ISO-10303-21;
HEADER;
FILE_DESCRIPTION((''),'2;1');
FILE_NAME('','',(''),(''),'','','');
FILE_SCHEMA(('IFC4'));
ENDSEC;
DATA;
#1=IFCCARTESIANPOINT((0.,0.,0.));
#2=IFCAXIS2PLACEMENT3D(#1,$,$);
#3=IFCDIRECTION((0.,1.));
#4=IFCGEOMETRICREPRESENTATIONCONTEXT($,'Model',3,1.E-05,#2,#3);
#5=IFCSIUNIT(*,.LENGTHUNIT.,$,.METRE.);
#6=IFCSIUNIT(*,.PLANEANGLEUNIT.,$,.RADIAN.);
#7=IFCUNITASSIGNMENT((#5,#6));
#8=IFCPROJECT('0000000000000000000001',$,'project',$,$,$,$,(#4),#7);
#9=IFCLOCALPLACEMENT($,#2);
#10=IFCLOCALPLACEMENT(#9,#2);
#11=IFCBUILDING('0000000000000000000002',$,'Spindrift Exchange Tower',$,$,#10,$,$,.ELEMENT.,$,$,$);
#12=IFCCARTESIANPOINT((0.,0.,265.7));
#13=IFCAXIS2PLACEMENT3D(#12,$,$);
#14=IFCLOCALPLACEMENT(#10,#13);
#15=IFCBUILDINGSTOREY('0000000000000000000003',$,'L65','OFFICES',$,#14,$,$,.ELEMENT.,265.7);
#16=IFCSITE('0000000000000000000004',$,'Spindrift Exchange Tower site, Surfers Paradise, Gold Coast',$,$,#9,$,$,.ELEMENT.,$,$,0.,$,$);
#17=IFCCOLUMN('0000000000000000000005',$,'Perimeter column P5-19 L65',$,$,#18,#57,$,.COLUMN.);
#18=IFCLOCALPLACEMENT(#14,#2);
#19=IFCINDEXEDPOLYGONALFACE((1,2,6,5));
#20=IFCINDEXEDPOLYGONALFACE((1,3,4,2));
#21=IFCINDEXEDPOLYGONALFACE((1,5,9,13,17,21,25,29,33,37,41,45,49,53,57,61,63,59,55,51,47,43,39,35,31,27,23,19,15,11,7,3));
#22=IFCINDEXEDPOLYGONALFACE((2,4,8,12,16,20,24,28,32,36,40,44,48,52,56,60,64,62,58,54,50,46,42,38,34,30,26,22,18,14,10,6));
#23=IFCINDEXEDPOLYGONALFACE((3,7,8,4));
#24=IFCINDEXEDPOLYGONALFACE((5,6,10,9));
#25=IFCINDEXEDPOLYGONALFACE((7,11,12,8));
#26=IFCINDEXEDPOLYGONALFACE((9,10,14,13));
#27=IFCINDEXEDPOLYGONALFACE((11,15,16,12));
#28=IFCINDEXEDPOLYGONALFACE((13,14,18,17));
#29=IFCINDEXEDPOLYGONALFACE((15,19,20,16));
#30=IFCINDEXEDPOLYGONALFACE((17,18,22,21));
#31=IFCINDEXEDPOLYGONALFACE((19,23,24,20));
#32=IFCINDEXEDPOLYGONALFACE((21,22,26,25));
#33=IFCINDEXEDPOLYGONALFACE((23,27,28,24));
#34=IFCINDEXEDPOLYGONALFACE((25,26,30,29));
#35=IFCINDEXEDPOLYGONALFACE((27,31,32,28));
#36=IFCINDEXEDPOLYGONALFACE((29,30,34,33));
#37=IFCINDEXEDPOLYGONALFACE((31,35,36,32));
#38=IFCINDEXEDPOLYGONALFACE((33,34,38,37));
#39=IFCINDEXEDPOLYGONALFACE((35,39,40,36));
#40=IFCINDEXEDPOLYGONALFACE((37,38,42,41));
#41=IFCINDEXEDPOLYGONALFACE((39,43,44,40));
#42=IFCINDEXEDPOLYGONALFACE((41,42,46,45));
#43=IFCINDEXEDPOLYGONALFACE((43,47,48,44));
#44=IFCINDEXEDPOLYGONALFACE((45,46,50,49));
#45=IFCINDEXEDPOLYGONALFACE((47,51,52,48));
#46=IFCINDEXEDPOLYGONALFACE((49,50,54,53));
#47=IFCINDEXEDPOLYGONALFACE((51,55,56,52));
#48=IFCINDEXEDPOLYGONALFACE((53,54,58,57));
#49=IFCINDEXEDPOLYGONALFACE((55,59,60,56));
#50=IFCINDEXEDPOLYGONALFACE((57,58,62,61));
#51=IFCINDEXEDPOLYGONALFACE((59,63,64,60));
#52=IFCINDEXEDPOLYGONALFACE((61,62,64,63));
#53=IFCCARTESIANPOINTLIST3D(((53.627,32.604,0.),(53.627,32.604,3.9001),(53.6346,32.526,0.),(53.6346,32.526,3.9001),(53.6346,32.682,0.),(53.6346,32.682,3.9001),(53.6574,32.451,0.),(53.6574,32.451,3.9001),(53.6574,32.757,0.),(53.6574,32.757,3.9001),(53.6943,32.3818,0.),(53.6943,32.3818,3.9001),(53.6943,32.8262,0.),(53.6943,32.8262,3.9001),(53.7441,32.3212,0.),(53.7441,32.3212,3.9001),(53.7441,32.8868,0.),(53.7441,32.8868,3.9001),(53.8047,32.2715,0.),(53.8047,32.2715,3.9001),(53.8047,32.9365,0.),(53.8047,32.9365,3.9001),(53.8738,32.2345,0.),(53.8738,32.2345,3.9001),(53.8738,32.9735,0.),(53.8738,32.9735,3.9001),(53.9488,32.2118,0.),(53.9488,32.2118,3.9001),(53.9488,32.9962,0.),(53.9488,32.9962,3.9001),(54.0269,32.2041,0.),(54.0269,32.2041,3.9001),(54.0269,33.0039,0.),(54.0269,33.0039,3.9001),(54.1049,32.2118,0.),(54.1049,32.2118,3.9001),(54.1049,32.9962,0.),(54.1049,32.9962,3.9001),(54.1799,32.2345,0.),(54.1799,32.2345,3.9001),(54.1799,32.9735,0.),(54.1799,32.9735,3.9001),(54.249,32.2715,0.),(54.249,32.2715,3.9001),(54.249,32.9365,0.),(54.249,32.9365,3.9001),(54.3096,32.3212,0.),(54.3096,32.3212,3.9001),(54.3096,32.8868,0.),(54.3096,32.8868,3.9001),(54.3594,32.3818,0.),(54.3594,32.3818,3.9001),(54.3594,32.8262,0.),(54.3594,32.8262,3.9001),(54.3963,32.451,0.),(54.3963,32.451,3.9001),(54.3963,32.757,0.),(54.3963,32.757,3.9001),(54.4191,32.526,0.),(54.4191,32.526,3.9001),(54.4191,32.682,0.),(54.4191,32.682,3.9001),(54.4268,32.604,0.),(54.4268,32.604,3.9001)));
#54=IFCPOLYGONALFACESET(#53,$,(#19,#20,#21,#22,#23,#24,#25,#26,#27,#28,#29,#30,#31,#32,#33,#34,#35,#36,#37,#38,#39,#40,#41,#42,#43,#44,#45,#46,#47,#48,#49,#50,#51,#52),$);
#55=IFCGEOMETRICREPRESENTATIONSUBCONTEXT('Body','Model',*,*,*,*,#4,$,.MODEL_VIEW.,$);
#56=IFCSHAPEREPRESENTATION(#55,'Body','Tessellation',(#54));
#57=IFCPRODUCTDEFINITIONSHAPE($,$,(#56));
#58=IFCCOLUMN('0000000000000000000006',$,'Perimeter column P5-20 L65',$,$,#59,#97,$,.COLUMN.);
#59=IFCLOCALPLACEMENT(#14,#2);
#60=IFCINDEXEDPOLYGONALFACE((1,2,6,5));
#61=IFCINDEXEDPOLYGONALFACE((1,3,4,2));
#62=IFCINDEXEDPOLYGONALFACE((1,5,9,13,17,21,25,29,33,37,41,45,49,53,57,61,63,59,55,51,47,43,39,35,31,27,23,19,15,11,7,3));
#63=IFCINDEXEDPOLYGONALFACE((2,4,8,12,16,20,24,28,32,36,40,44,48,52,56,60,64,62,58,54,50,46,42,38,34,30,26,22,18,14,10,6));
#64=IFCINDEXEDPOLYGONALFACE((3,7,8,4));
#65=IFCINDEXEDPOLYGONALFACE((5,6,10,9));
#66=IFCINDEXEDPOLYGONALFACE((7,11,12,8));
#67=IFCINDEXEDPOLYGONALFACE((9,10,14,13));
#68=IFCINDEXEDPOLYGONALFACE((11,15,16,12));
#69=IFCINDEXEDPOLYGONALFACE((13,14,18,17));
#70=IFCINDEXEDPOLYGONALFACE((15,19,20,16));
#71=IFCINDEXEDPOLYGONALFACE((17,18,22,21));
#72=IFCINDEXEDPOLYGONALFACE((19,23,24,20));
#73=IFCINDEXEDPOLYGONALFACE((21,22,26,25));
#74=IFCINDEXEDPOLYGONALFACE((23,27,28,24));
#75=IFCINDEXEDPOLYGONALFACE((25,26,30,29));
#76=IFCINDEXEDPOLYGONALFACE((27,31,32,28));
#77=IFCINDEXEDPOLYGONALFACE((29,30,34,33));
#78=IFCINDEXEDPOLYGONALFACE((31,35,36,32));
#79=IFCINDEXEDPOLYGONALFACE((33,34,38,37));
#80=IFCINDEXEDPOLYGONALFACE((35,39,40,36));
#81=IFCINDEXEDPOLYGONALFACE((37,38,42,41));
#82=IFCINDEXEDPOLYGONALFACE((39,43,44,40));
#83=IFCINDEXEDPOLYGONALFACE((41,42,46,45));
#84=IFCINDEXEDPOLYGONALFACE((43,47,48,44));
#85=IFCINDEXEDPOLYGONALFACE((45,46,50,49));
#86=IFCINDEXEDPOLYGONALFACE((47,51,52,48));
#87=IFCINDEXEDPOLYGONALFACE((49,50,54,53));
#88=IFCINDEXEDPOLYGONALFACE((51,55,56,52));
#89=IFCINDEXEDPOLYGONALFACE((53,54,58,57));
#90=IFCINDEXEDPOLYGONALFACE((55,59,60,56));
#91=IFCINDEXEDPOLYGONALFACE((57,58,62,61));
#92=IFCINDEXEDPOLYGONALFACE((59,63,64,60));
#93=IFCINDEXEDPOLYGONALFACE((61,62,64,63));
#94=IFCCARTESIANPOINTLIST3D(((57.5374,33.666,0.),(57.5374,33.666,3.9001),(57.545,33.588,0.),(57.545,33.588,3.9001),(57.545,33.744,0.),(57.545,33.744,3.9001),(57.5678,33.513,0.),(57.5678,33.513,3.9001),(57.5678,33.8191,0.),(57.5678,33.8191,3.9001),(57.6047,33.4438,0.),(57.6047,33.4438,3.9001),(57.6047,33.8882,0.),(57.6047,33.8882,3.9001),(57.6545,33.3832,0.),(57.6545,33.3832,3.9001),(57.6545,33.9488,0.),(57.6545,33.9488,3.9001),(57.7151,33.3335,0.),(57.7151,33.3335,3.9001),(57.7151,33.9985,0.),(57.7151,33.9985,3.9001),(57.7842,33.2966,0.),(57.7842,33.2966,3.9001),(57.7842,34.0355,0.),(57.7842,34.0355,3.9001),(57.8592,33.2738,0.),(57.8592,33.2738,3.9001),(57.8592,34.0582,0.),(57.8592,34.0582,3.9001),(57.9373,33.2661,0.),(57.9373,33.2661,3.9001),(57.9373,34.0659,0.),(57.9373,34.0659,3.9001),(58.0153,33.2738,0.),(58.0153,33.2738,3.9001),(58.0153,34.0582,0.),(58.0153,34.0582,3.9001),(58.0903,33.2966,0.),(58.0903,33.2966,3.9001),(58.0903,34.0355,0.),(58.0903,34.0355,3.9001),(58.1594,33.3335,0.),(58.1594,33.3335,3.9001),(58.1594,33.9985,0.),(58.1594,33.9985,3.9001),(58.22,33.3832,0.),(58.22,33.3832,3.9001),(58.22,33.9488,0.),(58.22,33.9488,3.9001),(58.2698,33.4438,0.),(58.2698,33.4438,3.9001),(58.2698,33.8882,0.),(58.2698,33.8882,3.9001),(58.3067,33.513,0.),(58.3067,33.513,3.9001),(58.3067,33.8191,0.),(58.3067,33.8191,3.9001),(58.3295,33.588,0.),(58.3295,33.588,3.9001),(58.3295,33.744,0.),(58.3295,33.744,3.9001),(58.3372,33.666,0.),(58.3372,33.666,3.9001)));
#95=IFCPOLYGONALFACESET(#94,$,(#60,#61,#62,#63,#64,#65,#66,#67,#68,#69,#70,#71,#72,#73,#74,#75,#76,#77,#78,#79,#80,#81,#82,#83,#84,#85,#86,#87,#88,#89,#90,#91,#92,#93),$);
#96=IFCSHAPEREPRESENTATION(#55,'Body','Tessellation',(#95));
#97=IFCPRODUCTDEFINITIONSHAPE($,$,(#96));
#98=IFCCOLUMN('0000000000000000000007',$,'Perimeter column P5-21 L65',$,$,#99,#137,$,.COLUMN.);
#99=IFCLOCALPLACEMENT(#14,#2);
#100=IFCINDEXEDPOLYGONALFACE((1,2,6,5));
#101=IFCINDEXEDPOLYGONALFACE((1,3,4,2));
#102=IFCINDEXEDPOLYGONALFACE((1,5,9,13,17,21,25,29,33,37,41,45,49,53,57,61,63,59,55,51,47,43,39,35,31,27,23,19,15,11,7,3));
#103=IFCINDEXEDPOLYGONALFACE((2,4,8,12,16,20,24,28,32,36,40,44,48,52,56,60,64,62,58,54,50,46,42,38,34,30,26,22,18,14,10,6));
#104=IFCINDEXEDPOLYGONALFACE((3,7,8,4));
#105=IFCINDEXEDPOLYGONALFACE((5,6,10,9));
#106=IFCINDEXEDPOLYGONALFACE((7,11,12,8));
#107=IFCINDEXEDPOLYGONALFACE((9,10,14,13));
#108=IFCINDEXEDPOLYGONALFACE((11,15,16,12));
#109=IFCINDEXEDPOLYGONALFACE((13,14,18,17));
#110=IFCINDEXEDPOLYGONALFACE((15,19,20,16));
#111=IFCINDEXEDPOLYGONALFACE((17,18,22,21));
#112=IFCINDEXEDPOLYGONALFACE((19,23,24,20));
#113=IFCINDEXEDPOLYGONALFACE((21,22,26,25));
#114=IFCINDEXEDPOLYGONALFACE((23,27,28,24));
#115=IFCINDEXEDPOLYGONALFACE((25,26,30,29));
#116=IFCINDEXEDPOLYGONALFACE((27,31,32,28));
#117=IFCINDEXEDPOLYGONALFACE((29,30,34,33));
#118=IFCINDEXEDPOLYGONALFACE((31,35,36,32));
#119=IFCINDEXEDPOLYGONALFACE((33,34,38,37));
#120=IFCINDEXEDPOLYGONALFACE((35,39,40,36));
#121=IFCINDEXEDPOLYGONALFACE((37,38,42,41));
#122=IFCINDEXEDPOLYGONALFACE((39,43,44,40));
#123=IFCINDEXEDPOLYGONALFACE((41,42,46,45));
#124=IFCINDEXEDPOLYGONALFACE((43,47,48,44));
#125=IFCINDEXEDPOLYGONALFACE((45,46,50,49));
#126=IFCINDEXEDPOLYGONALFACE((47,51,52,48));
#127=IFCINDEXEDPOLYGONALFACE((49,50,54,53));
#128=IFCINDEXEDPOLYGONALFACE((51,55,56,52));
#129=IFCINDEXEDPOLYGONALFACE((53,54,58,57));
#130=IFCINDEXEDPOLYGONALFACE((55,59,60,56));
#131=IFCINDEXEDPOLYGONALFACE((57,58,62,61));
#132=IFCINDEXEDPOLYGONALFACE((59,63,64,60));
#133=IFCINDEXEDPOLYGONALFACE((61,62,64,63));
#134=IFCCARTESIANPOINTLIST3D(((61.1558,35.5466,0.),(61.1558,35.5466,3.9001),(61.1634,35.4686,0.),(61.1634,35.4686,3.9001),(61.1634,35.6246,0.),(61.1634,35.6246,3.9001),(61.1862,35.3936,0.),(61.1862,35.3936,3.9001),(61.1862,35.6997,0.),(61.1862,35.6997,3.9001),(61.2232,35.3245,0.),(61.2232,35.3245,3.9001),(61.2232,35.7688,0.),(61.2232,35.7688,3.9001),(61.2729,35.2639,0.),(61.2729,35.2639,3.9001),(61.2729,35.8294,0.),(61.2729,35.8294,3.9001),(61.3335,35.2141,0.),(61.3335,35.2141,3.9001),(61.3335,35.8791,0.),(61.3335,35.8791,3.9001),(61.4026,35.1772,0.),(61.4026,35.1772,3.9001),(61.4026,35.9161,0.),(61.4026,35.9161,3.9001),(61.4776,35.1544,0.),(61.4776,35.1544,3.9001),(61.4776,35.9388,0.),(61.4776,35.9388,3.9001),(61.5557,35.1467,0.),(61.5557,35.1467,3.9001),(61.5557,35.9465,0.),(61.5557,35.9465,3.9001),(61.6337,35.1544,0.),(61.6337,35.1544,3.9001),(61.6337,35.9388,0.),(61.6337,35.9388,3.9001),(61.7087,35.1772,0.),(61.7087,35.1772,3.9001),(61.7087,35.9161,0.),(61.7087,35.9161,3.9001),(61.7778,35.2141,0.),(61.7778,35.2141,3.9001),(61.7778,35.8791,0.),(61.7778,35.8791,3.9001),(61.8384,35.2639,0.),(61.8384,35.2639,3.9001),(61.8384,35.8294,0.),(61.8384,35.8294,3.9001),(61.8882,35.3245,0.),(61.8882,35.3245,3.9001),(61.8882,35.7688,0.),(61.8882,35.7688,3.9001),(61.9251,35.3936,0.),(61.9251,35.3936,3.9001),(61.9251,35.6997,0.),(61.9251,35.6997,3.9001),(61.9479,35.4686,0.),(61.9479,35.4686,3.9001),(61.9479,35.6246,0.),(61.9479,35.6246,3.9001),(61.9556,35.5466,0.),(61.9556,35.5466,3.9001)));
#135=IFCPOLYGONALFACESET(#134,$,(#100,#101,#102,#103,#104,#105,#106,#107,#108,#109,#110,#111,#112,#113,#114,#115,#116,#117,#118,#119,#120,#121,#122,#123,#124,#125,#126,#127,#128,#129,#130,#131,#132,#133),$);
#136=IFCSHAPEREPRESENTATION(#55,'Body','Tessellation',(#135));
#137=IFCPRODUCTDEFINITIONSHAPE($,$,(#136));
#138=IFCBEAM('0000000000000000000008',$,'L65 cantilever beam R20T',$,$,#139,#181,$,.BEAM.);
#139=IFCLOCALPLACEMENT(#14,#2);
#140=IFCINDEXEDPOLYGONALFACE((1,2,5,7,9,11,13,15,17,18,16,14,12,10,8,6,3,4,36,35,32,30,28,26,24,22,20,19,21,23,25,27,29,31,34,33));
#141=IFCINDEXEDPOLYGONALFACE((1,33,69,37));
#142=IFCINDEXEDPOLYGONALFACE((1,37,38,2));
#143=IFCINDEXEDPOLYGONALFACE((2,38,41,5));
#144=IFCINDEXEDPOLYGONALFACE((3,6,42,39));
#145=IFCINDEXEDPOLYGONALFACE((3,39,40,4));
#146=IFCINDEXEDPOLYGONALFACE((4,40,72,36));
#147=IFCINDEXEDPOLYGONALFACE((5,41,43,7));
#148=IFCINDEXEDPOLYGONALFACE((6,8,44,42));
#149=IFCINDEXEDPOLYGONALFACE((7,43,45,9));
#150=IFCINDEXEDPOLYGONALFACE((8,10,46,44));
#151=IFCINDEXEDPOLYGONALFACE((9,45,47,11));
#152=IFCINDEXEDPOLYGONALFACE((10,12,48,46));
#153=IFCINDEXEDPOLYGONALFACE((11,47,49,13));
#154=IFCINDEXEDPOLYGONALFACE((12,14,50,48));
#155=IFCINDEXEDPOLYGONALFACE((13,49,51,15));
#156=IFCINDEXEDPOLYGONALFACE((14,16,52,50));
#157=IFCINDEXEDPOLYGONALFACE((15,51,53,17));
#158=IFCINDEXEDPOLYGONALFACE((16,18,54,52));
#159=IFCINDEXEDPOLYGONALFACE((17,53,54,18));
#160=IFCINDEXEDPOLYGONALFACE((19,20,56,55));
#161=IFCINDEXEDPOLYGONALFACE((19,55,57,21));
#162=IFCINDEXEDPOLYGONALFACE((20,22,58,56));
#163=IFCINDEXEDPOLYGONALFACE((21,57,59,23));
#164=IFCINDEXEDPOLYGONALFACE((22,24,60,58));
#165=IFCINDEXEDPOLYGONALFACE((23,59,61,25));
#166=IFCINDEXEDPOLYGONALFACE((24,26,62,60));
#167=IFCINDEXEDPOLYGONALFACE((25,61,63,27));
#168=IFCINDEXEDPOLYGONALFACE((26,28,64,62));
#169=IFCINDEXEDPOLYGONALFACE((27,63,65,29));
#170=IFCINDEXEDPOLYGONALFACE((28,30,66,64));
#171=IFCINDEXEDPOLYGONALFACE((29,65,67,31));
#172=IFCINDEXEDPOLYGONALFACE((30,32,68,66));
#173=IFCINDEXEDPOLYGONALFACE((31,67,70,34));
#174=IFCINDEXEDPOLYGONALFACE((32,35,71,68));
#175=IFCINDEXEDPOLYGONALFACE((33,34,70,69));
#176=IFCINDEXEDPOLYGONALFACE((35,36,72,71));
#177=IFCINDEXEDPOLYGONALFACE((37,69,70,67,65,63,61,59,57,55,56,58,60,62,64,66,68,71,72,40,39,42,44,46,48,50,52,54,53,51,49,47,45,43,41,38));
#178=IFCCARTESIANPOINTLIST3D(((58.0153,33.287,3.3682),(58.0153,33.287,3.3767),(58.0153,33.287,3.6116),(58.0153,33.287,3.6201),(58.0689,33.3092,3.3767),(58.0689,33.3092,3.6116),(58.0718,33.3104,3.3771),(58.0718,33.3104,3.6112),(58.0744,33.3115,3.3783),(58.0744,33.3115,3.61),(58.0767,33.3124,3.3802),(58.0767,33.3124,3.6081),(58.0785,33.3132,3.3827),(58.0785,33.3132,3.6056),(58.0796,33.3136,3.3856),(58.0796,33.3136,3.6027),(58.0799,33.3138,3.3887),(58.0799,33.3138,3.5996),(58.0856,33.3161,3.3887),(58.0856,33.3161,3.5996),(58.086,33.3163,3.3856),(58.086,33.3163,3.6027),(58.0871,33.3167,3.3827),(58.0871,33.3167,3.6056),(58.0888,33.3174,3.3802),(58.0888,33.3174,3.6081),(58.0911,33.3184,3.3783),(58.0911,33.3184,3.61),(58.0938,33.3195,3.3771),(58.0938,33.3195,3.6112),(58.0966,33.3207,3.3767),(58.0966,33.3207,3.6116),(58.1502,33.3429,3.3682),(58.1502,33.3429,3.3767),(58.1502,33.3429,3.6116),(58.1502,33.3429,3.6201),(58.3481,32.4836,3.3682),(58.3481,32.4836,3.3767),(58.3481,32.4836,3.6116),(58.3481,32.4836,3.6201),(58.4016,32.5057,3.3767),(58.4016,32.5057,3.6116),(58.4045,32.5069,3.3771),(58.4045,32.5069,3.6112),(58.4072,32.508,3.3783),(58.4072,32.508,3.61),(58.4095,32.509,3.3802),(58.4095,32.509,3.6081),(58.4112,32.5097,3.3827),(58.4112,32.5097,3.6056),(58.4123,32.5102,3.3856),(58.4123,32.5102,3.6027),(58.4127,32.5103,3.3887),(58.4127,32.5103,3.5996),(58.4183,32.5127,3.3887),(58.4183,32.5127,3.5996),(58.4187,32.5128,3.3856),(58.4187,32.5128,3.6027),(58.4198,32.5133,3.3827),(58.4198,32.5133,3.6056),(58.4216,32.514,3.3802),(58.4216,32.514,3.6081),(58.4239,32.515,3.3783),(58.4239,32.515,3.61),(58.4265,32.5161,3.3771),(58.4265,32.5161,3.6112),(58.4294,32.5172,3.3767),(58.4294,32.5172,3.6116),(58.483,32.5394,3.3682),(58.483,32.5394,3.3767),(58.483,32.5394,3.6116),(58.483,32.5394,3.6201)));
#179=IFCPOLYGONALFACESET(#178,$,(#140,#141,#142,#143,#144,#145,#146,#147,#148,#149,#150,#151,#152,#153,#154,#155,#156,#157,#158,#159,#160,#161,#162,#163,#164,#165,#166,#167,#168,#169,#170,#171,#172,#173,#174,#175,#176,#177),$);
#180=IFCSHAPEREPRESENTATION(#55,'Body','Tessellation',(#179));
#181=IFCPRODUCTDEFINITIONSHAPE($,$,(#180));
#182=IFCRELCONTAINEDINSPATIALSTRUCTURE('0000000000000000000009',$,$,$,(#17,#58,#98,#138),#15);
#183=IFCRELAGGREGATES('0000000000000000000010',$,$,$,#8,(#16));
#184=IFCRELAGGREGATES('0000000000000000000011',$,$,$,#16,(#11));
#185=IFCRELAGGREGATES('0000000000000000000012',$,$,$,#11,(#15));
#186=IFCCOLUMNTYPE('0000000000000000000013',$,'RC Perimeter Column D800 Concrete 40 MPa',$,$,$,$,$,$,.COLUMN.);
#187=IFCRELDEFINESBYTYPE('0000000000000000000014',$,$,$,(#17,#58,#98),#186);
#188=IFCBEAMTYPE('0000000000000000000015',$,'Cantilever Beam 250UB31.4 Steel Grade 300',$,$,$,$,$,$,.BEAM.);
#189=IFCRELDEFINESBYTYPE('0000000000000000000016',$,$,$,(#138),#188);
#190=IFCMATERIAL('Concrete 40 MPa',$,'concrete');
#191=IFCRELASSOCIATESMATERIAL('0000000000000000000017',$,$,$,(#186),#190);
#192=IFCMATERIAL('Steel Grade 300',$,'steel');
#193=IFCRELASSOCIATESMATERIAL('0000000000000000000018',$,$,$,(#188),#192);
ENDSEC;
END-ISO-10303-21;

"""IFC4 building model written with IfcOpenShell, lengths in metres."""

from ifc_helpers import new_model, si_unit, direction, frame, origin, origin_2d, place, context, subcontext, project, spatial, circle, i_section, extrude, source, transform, mapped, material, material_profile, profile_set, type_object, element, save


model = new_model("IFC4")

# Units and contexts
model_context = context("Model", 3, precision=1e-05, world=origin(), true_north=direction((0.0, 1.0)))
body_context = subcontext(model_context, "Body", "Model", "MODEL_VIEW")
ifc_project = project(units=[si_unit("LENGTHUNIT", "METRE"), si_unit("PLANEANGLEUNIT", "RADIAN")], contexts=[model_context])

# Site, building, storey
site_placement = place(None, origin())
site = spatial("IfcSite", under=ifc_project, at=site_placement, Name="Spindrift Exchange Tower site, Surfers Paradise, Gold Coast", CompositionType="ELEMENT", RefElevation=0.0)
building_placement = place(site_placement, origin())
building = spatial("IfcBuilding", under=site, at=building_placement, Name="Spindrift Exchange Tower", CompositionType="ELEMENT")
storey_placement = place(building_placement, frame((0.0, 0.0, 265.7)))
storey = spatial("IfcBuildingStorey", under=building, at=storey_placement, Name="L65", Description="OFFICES", CompositionType="ELEMENT", Elevation=265.7)

# Columns
ifc_material_1 = material(Name="Concrete 40 MPa", Category="concrete")
ifc_material_profile_1 = material_profile(ifc_material_1, circle(Radius=0.3999, at=origin_2d()), Name="RC D800")
ifc_profile_set_1 = profile_set([ifc_material_profile_1], Name="Concrete 40 MPa")
column_type = type_object("IfcColumnType", Name="RC Perimeter Column D800 Concrete 40 MPa", PredefinedType="COLUMN", material=ifc_profile_set_1)
shared_shape_1 = source(origin(), body_context, "Body", "SweptSolid", [
    extrude(circle(Radius=0.3999, at=origin_2d()), origin(), (0.0, 0.0, 1.0), 3.9001),
])
for number, where, z_axis, x_axis, name in (
    (1, (54.0269, 32.604, 0.0), (0.0, 0.0, 1.0), (1.0, 0.0, 0.0), "Perimeter column P5-19 L65"),
    (2, (57.9373, 33.666, 0.0), (0.0, 0.0, 1.0), (1.0, 0.0, 0.0), "Perimeter column P5-20 L65"),
    (3, (61.5557, 35.5466, 0.0), (0.0, 0.0, 1.0), (1.0, 0.0, 0.0), "Perimeter column P5-21 L65"),
):
    element("IfcColumn", number, at=place(storey_placement, frame(where, z_axis=z_axis, x_axis=x_axis)), inside=storey, type_object=column_type, Name=name, PredefinedType="COLUMN", context=body_context, shape_type="MappedRepresentation", body=[
        mapped(shared_shape_1, transform((0.0, 0.0, 0.0), scale=1.0)),
    ])

# Beam
ifc_material_2 = material(Name="Steel Grade 300", Category="steel")
ifc_material_profile_2 = material_profile(ifc_material_2, i_section(OverallWidth=0.146, OverallDepth=0.252, WebThickness=0.0061, FlangeThickness=0.0085, FilletRadius=0.012, at=origin_2d()), Name="250UB31.4")
ifc_profile_set_2 = profile_set([ifc_material_profile_2], Name="Steel Grade 300")
beam_type_1 = type_object("IfcBeamType", Name="Cantilever Beam 250UB31.4 Steel Grade 300", PredefinedType="BEAM", material=ifc_profile_set_2)
shared_shape_2 = source(origin(), body_context, "Body", "SweptSolid", [
    extrude(i_section(OverallWidth=0.146, OverallDepth=0.252, WebThickness=0.0061, FlangeThickness=0.0085, FilletRadius=0.012, at=origin_2d()), origin(), (0.0, 0.0, 1.0), 0.8696),
])
beam_1_placement = place(storey_placement, frame((58.0828, 33.3149, 3.4941), z_axis=(0.382641, -0.923897, 0.0), x_axis=(0.923897, 0.382641, 0.0)))
element("IfcBeam", 4, at=beam_1_placement, inside=storey, type_object=beam_type_1, Name="L65 cantilever beam R20T", PredefinedType="BEAM", context=body_context, shape_type="MappedRepresentation", body=[
    mapped(shared_shape_2, transform((0.0, 0.0, 0.0), scale=1.0)),
])

save(model, "model.ifc")
